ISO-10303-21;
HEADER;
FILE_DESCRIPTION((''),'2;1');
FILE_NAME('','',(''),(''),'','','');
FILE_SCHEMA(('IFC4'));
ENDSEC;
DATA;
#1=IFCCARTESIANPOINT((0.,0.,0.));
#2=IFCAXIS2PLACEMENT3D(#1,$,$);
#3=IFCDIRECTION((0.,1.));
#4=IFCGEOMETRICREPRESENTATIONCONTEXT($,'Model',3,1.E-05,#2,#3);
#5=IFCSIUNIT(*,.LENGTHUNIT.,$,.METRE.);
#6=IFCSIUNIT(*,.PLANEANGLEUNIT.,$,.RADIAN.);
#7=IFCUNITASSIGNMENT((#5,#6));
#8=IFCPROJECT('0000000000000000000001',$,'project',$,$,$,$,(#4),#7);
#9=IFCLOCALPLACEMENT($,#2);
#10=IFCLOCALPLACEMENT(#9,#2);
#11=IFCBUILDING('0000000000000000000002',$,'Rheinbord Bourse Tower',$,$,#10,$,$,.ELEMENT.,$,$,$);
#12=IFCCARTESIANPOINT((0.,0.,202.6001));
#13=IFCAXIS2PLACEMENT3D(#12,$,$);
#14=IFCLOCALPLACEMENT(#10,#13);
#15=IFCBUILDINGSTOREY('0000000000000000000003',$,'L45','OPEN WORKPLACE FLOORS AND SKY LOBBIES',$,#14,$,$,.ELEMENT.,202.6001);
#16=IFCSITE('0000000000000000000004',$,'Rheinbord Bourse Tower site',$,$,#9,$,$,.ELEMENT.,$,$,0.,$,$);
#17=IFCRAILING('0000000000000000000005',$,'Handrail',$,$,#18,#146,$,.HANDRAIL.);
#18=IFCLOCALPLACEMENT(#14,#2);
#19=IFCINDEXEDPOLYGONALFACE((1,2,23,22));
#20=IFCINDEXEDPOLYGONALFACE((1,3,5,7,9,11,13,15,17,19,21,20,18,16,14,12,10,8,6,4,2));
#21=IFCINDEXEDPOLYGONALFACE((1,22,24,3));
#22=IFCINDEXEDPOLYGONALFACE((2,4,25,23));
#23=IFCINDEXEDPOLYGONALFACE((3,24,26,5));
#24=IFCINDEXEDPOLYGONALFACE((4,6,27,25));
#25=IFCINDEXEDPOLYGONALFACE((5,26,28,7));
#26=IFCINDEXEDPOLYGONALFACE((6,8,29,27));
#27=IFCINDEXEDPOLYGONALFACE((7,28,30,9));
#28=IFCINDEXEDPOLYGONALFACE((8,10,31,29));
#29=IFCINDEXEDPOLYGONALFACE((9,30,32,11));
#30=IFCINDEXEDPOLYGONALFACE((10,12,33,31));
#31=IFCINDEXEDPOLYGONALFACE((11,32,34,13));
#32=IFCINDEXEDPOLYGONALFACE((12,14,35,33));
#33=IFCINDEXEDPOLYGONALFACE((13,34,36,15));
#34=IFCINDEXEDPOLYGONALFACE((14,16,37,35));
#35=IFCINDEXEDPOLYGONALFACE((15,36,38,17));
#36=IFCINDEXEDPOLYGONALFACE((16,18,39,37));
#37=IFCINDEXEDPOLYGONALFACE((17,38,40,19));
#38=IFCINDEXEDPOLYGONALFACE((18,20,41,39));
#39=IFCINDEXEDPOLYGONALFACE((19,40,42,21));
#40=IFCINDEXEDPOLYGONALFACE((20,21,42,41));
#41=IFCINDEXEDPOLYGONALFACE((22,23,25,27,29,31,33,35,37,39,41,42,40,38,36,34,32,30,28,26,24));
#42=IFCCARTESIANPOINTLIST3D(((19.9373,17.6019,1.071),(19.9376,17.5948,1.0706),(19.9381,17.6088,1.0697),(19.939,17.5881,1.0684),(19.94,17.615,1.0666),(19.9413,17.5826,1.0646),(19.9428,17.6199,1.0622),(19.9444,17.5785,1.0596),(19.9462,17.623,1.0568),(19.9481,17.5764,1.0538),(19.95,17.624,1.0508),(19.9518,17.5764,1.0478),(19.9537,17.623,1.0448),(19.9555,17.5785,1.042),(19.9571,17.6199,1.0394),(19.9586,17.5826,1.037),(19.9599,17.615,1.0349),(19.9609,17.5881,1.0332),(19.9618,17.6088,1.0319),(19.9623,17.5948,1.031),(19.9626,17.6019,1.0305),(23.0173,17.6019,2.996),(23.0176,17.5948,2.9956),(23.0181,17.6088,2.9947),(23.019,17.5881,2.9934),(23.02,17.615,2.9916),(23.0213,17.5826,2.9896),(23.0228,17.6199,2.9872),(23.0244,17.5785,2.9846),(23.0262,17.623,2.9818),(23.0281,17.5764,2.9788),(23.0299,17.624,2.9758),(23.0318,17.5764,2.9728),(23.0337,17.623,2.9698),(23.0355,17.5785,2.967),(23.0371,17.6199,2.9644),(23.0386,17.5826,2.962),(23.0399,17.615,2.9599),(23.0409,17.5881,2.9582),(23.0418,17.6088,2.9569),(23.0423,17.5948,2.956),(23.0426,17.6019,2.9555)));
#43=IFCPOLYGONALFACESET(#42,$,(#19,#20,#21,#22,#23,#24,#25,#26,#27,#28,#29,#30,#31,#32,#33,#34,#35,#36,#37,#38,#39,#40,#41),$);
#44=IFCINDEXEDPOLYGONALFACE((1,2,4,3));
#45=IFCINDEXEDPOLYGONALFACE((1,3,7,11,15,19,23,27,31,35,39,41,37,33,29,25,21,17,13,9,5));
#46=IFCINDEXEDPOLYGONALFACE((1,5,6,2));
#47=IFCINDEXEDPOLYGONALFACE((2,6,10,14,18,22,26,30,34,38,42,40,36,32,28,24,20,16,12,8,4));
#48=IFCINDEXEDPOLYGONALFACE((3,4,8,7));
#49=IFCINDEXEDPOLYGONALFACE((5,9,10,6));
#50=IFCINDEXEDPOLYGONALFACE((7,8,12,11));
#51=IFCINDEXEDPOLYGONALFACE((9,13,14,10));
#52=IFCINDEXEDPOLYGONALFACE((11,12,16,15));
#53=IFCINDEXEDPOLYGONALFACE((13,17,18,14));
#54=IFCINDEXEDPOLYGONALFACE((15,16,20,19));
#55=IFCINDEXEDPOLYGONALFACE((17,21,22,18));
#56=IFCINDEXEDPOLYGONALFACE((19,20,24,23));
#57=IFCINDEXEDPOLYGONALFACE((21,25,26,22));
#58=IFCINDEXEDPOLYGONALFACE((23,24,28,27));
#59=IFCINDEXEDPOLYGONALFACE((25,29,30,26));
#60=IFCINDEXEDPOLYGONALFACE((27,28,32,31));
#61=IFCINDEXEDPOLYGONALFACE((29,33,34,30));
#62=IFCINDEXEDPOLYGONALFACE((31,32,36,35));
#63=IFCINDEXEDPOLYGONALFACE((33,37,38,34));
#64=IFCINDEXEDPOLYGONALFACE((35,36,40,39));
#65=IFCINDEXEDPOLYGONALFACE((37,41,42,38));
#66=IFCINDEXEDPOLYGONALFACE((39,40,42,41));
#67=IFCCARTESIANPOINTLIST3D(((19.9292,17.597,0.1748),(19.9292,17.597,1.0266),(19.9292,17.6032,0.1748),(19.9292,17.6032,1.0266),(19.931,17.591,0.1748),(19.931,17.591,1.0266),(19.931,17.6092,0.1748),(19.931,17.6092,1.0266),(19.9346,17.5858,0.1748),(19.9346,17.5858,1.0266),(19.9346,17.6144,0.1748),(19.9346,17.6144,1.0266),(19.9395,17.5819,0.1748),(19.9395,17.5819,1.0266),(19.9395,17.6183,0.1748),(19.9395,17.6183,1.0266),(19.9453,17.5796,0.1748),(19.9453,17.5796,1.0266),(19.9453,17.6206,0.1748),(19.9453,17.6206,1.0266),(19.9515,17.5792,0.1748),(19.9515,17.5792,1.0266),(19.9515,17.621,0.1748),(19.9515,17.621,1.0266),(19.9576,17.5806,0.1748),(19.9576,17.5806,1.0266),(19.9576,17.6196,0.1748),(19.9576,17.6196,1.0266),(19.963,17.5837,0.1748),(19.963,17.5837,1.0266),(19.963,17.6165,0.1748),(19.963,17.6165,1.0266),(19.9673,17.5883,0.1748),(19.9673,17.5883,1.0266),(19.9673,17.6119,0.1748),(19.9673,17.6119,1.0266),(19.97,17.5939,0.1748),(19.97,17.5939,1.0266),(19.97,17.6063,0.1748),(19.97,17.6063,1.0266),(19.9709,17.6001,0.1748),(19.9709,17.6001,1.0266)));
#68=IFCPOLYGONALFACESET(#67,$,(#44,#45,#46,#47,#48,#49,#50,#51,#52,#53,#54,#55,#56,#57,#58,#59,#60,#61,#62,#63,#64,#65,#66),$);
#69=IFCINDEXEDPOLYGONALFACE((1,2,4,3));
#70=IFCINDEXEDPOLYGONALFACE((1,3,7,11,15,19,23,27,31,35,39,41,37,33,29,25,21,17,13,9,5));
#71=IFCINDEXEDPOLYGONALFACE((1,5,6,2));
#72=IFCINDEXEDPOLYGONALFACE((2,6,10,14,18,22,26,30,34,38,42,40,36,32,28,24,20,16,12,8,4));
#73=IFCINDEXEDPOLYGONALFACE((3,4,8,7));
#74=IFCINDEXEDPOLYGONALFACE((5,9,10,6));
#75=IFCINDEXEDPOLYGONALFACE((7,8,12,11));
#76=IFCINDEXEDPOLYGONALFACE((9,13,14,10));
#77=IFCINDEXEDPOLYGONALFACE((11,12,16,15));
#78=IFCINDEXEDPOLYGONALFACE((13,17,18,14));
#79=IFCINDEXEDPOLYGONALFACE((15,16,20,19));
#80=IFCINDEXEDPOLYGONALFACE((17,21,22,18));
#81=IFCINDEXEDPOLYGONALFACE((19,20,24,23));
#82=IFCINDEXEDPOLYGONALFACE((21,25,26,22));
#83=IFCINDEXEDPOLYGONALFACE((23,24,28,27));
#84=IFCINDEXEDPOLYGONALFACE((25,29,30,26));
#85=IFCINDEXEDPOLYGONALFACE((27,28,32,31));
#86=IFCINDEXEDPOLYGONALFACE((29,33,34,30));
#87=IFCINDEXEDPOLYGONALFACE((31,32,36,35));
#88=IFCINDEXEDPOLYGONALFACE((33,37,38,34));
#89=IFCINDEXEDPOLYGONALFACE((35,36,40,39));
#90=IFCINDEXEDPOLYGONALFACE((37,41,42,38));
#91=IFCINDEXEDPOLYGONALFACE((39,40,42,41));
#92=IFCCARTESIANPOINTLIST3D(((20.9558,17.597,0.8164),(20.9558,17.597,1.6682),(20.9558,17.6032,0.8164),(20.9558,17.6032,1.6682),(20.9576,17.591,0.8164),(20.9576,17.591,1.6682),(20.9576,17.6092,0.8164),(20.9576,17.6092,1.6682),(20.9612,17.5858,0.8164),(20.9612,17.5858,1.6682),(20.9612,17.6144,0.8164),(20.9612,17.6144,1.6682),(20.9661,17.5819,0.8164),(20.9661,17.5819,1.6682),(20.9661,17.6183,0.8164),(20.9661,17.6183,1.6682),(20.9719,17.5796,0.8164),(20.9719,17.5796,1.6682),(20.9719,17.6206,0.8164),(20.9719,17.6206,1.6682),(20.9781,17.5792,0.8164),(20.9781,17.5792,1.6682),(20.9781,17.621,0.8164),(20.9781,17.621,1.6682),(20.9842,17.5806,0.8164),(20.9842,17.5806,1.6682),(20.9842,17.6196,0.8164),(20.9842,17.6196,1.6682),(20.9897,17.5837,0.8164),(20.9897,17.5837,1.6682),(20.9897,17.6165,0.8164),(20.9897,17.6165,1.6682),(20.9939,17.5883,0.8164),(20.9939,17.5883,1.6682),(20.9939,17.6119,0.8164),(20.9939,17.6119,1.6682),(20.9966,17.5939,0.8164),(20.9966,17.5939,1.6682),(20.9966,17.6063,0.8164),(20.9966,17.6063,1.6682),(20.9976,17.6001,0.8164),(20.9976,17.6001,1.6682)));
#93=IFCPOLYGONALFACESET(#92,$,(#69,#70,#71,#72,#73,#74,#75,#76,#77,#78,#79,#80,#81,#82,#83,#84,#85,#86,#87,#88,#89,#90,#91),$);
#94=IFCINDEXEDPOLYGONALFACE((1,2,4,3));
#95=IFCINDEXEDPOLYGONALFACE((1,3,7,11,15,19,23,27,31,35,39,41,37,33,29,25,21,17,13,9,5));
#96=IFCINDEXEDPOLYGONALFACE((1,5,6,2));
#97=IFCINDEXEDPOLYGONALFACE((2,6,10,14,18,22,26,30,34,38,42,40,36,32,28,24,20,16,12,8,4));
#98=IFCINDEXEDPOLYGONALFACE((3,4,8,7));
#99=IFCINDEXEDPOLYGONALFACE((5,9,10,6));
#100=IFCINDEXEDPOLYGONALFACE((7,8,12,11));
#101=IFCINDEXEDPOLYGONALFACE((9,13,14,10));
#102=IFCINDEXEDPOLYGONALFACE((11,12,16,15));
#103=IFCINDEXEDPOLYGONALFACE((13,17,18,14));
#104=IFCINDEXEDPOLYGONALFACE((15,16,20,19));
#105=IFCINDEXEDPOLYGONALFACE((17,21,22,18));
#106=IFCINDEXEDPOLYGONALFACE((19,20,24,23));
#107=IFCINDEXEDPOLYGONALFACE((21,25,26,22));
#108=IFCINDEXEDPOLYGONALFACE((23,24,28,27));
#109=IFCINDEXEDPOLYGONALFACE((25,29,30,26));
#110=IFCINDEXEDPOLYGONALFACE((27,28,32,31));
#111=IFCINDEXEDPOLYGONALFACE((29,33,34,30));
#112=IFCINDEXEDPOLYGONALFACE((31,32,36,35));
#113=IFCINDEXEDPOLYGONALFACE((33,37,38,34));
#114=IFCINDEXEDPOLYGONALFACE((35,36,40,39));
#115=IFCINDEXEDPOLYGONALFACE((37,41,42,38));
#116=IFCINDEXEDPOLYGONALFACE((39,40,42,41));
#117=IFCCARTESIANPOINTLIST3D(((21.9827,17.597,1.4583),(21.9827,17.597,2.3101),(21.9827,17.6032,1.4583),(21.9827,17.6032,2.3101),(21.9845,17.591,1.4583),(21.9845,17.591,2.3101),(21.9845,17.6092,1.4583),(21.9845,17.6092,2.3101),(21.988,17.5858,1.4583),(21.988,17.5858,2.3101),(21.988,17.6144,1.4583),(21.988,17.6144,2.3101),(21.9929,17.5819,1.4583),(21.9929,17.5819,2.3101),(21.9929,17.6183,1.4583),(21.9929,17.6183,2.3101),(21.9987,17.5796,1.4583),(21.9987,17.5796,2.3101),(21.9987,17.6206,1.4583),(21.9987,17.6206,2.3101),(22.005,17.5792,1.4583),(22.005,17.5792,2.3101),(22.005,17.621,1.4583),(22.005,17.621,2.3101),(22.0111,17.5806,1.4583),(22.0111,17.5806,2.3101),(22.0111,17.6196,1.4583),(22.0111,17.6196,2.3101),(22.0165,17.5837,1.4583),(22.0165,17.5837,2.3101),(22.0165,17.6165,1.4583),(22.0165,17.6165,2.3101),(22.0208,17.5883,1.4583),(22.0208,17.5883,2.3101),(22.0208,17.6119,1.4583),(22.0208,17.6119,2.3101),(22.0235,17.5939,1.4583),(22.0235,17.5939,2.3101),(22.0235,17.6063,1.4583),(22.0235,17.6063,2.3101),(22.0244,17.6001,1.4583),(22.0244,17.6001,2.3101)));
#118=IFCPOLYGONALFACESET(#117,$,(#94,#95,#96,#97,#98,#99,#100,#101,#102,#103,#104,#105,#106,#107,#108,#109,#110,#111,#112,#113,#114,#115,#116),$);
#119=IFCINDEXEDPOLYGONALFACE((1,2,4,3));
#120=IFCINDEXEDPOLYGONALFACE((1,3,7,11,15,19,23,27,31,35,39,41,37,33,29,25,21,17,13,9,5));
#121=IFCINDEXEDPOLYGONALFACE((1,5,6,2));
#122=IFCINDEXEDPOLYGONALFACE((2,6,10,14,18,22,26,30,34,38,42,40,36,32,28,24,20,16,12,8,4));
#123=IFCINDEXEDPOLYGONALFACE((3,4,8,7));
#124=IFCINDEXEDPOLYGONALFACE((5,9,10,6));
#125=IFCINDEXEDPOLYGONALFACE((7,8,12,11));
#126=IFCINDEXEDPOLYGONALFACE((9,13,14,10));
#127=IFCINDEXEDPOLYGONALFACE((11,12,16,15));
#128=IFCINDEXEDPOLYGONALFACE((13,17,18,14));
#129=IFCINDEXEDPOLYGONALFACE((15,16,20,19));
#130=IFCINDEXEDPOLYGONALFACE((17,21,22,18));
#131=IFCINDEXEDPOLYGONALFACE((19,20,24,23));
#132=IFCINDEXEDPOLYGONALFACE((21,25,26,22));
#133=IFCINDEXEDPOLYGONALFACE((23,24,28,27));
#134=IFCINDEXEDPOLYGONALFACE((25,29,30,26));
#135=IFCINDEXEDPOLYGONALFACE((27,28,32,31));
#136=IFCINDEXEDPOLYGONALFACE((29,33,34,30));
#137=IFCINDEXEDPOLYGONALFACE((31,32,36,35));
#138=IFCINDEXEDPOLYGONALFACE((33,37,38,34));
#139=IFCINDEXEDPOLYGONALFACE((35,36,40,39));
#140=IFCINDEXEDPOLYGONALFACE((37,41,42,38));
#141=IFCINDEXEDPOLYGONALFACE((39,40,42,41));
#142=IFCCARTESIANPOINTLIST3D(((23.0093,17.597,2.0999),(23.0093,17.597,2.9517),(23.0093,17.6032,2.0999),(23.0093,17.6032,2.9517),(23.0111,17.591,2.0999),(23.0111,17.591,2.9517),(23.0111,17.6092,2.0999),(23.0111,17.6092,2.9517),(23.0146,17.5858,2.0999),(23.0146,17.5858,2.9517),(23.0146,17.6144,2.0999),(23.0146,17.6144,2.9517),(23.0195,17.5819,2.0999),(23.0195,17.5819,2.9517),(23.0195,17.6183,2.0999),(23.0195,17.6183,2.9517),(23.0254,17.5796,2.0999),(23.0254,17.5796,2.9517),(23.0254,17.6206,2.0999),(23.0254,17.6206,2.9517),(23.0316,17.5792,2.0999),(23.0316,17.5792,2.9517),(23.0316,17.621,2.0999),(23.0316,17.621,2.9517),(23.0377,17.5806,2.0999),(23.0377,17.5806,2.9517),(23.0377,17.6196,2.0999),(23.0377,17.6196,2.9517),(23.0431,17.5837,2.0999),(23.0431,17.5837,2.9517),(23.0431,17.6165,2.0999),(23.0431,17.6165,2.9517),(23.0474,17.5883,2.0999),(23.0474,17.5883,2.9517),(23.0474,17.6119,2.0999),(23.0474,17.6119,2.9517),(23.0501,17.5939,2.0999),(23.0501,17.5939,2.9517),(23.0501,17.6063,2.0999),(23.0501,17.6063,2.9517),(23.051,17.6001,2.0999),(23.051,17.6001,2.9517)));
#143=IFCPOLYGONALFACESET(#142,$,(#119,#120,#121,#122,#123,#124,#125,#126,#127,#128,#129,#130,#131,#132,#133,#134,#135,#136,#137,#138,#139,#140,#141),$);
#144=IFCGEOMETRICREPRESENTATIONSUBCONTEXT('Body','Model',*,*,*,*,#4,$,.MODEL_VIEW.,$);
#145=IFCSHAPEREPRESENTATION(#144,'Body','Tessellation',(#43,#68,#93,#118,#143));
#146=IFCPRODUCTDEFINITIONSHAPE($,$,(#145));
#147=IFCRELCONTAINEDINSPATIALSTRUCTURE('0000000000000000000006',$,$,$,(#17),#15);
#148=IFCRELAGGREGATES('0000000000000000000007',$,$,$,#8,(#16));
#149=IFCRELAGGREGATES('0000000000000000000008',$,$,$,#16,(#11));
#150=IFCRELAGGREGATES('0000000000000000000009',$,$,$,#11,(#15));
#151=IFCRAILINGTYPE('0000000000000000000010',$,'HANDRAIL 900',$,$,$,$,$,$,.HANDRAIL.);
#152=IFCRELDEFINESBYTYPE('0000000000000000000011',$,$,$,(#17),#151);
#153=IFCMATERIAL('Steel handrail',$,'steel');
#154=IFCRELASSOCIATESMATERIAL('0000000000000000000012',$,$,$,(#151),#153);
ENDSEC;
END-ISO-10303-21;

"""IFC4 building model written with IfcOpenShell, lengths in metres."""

from ifc_helpers import new_model, si_unit, direction, frame, origin, origin_2d, place, context, subcontext, project, spatial, circle, extrude, material, type_object, element, save


model = new_model("IFC4")

# Units and contexts
model_context = context("Model", 3, precision=1e-05, world=origin(), true_north=direction((0.0, 1.0)))
body_context = subcontext(model_context, "Body", "Model", "MODEL_VIEW")
ifc_project = project(units=[si_unit("LENGTHUNIT", "METRE"), si_unit("PLANEANGLEUNIT", "RADIAN")], contexts=[model_context])

# Site, building, storey
site_placement = place(None, origin())
site = spatial("IfcSite", under=ifc_project, at=site_placement, Name="Rheinbord Bourse Tower site", CompositionType="ELEMENT", RefElevation=0.0)
building_placement = place(site_placement, origin())
building = spatial("IfcBuilding", under=site, at=building_placement, Name="Rheinbord Bourse Tower", CompositionType="ELEMENT")
storey_placement = place(building_placement, frame((0.0, 0.0, 202.6001)))
storey = spatial("IfcBuildingStorey", under=building, at=storey_placement, Name="L45", Description="OPEN WORKPLACE FLOORS AND SKY LOBBIES", CompositionType="ELEMENT", Elevation=202.6001)

# Railing
ifc_material_1 = material(Name="Steel handrail", Category="steel")
railing_type = type_object("IfcRailingType", Name="HANDRAIL 900", PredefinedType="HANDRAIL", material=ifc_material_1)
railing_1_placement = place(storey_placement, frame((19.95, 17.6001, 0.1748)))
element("IfcRailing", 1, at=railing_1_placement, inside=storey, type_object=railing_type, Name="Handrail", PredefinedType="HANDRAIL", context=body_context, shape_type="SweptSolid", body=[
    extrude(circle(Radius=0.0239, at=origin_2d()), frame((0.0, 0.0, 0.876), z_axis=(0.847998, 0.0, 0.529999), x_axis=(0.0, 1.0, 0.0)), (0.0, 0.0, 1.0), 3.6321),
    extrude(circle(Radius=0.021, at=origin_2d()), origin(), (0.0, 0.0, 1.0), 0.8518),
    extrude(circle(Radius=0.021, at=origin_2d()), frame((1.0266, 0.0, 0.6416)), (0.0, 0.0, 1.0), 0.8518),
    extrude(circle(Radius=0.021, at=origin_2d()), frame((2.0535, 0.0, 1.2834)), (0.0, 0.0, 1.0), 0.8518),
    extrude(circle(Radius=0.021, at=origin_2d()), frame((3.0801, 0.0, 1.925)), (0.0, 0.0, 1.0), 0.8518),
])

save(model, "model.ifc")
